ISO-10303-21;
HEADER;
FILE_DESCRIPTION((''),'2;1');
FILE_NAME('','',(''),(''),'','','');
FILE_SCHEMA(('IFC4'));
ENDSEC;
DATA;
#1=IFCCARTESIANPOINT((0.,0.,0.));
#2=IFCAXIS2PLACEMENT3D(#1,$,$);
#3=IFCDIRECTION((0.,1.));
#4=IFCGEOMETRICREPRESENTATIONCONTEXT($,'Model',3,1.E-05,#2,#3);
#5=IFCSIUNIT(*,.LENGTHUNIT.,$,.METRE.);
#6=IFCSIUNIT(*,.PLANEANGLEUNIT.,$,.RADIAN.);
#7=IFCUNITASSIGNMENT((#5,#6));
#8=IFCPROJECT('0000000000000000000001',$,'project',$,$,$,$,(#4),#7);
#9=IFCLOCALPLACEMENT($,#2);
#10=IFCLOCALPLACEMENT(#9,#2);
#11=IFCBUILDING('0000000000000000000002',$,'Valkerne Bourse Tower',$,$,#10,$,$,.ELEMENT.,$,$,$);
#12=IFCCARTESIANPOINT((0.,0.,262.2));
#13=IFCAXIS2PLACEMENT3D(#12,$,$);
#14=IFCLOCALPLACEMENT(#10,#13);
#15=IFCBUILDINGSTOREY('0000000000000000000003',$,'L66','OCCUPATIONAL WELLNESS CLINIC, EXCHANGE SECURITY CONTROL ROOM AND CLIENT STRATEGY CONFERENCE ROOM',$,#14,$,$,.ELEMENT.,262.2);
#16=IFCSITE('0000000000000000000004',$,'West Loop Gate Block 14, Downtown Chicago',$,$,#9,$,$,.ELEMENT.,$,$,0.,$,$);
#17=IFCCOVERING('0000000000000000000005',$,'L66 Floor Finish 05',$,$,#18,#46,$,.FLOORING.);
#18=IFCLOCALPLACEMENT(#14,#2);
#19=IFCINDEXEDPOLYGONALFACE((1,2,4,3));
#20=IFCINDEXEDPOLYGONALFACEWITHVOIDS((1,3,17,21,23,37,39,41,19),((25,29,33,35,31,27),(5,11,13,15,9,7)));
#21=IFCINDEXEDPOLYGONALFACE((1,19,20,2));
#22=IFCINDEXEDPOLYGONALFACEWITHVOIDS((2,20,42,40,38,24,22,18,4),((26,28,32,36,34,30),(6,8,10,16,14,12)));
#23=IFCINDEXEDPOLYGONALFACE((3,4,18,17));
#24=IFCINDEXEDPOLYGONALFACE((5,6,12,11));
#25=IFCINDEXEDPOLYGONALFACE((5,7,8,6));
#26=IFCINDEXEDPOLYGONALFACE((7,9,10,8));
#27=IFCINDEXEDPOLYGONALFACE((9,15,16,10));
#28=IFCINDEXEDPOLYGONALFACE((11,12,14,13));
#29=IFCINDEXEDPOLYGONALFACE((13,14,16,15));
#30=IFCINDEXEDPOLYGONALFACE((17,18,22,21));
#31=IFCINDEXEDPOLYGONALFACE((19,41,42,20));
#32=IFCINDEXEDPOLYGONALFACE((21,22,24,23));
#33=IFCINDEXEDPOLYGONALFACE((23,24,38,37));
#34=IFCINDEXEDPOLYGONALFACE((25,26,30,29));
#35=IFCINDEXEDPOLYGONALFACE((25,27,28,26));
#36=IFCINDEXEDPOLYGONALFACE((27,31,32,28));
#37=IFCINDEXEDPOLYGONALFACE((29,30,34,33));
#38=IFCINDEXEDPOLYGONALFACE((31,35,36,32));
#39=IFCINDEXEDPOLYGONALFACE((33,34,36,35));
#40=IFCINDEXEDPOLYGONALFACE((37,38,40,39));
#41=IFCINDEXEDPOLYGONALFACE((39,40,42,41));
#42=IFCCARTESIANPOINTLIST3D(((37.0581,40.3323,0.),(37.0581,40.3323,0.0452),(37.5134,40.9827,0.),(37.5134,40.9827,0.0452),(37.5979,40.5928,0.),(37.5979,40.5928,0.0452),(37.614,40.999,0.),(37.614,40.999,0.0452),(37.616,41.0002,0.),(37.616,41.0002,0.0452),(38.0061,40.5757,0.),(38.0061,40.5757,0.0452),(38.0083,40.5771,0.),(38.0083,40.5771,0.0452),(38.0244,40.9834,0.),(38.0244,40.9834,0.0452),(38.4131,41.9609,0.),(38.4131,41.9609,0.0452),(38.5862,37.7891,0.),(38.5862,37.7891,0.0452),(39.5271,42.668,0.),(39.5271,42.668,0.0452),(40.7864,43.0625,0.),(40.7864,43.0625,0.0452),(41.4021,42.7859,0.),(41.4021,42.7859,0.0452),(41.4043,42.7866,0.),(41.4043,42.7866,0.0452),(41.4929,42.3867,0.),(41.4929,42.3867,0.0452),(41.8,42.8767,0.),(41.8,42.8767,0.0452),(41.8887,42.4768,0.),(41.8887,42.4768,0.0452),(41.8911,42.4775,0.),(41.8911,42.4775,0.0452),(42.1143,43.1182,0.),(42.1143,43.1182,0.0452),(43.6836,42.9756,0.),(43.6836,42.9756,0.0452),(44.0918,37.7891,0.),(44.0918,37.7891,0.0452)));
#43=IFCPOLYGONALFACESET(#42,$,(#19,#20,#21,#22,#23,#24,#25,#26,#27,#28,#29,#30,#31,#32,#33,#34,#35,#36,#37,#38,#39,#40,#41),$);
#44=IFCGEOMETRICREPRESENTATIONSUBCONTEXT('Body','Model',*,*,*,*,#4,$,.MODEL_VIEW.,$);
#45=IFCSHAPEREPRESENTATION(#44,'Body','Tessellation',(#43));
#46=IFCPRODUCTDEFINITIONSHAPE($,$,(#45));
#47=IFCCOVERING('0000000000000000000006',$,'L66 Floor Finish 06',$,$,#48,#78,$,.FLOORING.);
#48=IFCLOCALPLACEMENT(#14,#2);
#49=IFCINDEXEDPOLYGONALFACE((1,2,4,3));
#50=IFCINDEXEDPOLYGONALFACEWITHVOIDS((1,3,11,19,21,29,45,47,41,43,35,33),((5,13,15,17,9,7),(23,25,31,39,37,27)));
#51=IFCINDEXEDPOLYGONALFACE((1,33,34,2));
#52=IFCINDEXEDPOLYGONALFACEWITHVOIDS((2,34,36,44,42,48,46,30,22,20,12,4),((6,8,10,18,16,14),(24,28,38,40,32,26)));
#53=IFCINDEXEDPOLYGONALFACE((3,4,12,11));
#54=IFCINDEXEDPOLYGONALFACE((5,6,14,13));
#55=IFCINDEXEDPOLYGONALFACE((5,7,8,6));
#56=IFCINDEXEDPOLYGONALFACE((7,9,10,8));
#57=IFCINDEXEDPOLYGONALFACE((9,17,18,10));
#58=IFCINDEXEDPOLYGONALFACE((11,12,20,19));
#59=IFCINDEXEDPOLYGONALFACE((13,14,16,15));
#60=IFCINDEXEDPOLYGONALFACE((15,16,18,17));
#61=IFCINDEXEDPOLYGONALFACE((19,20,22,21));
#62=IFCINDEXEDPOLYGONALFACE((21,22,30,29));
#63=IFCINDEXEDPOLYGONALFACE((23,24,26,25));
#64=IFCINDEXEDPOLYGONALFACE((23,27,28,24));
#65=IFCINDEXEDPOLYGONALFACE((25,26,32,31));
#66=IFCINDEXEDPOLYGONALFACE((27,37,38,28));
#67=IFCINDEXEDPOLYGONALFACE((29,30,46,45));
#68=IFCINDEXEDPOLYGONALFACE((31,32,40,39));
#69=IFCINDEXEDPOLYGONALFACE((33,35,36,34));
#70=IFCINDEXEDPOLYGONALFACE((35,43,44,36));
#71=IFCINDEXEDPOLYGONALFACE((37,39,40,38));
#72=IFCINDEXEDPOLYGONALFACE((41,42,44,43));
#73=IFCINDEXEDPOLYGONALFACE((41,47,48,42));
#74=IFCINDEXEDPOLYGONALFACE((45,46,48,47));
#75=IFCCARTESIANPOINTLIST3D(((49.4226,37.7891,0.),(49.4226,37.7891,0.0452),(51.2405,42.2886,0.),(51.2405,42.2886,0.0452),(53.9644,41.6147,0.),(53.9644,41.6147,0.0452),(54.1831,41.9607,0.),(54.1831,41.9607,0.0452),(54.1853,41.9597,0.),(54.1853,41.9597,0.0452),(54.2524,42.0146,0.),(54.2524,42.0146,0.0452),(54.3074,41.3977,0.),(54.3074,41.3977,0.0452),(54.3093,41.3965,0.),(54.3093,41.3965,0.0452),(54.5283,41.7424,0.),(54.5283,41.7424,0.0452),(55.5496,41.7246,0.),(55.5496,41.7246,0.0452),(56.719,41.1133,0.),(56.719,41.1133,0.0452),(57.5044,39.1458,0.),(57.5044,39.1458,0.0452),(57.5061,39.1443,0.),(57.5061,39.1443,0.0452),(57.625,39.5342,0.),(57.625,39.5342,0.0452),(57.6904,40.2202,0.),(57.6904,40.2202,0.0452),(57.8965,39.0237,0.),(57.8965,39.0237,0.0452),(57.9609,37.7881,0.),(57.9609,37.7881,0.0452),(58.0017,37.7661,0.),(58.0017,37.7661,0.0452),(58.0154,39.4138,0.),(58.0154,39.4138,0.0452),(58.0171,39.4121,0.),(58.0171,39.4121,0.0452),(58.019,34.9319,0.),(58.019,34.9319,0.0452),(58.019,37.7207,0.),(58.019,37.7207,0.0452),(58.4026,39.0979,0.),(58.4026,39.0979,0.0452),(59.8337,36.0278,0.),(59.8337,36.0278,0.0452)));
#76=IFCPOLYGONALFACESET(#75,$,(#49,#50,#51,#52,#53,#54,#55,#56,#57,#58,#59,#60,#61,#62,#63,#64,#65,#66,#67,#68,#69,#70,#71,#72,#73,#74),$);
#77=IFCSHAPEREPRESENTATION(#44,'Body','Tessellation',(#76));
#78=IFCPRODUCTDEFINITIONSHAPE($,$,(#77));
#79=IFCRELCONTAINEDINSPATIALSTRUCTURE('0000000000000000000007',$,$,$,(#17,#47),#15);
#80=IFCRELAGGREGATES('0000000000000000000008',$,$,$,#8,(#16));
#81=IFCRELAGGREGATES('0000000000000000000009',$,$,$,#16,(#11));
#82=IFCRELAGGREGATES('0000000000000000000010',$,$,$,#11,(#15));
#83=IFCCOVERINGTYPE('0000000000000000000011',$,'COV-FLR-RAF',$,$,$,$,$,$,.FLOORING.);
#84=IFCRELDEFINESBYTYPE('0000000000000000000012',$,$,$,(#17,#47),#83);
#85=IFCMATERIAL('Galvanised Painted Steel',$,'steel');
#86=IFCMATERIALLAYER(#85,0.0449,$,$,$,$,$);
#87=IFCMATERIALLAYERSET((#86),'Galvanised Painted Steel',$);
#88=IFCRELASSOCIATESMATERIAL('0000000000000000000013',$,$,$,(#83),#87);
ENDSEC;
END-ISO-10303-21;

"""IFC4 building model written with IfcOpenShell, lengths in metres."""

from ifc_helpers import new_model, si_unit, direction, frame, origin, place, context, subcontext, project, spatial, polyline, outline, extrude, material, layer, layer_set, type_object, element, save


model = new_model("IFC4")

# Units and contexts
model_context = context("Model", 3, precision=1e-05, world=origin(), true_north=direction((0.0, 1.0)))
body_context = subcontext(model_context, "Body", "Model", "MODEL_VIEW")
ifc_project = project(units=[si_unit("LENGTHUNIT", "METRE"), si_unit("PLANEANGLEUNIT", "RADIAN")], contexts=[model_context])

# Site, building, storey
site_placement = place(None, origin())
site = spatial("IfcSite", under=ifc_project, at=site_placement, Name="West Loop Gate Block 14, Downtown Chicago", CompositionType="ELEMENT", RefElevation=0.0)
building_placement = place(site_placement, origin())
building = spatial("IfcBuilding", under=site, at=building_placement, Name="Valkerne Bourse Tower", CompositionType="ELEMENT")
storey_placement = place(building_placement, frame((0.0, 0.0, 262.2)))
storey = spatial("IfcBuildingStorey", under=building, at=storey_placement, Name="L66", Description="OCCUPATIONAL WELLNESS CLINIC, EXCHANGE SECURITY CONTROL ROOM AND CLIENT STRATEGY CONFERENCE ROOM", CompositionType="ELEMENT", Elevation=262.2)

# Coverings
ifc_material_1 = material(Name="Galvanised Painted Steel", Category="steel")
ifc_layer_1 = layer(ifc_material_1, 0.0449)
ifc_layer_set_1 = layer_set([ifc_layer_1], Name="Galvanised Painted Steel")
covering_type_1 = type_object("IfcCoveringType", Name="COV-FLR-RAF", PredefinedType="FLOORING", material=ifc_layer_set_1)
covering_1_placement = place(storey_placement, origin())
element("IfcCovering", 1, at=covering_1_placement, inside=storey, type_object=covering_type_1, Name="L66 Floor Finish 05", PredefinedType="FLOORING", context=body_context, shape_type="SweptSolid", body=[
    extrude(outline(polyline([(39.5271, 42.668), (40.7864, 43.0625), (42.1143, 43.1182), (43.6836, 42.9756), (44.0918, 37.7891), (38.5862, 37.7891), (37.0581, 40.3323), (37.5134, 40.9827), (38.4131, 41.9609), (39.5271, 42.668)]), holes=[polyline([(38.0083, 40.5771), (38.0244, 40.9834), (37.616, 41.0002), (37.614, 40.999), (37.5979, 40.5928), (38.0061, 40.5757), (38.0083, 40.5771)]), polyline([(41.8911, 42.4775), (41.8, 42.8767), (41.4043, 42.7866), (41.4021, 42.7859), (41.4929, 42.3867), (41.8887, 42.4768), (41.8911, 42.4775)])]), origin(), (0.0, 0.0, 1.0), 0.0452),
])
covering_2_placement = place(storey_placement, origin())
element("IfcCovering", 2, at=covering_2_placement, inside=storey, type_object=covering_type_1, Name="L66 Floor Finish 06", PredefinedType="FLOORING", context=body_context, shape_type="SweptSolid", body=[
    extrude(outline(polyline([(56.719, 41.1133), (57.6904, 40.2202), (58.4026, 39.0979), (59.8337, 36.0278), (58.019, 34.9319), (58.019, 37.7207), (58.0017, 37.7661), (57.9609, 37.7881), (49.4226, 37.7891), (51.2405, 42.2886), (54.2524, 42.0146), (55.5496, 41.7246), (56.719, 41.1133)]), holes=[polyline([(58.0154, 39.4138), (57.625, 39.5342), (57.5044, 39.1458), (57.5061, 39.1443), (57.8965, 39.0237), (58.0171, 39.4121), (58.0154, 39.4138)]), polyline([(54.1853, 41.9597), (54.1831, 41.9607), (53.9644, 41.6147), (54.3074, 41.3977), (54.3093, 41.3965), (54.5283, 41.7424), (54.1853, 41.9597)])]), origin(), (0.0, 0.0, 1.0), 0.0452),
])

save(model, "model.ifc")
